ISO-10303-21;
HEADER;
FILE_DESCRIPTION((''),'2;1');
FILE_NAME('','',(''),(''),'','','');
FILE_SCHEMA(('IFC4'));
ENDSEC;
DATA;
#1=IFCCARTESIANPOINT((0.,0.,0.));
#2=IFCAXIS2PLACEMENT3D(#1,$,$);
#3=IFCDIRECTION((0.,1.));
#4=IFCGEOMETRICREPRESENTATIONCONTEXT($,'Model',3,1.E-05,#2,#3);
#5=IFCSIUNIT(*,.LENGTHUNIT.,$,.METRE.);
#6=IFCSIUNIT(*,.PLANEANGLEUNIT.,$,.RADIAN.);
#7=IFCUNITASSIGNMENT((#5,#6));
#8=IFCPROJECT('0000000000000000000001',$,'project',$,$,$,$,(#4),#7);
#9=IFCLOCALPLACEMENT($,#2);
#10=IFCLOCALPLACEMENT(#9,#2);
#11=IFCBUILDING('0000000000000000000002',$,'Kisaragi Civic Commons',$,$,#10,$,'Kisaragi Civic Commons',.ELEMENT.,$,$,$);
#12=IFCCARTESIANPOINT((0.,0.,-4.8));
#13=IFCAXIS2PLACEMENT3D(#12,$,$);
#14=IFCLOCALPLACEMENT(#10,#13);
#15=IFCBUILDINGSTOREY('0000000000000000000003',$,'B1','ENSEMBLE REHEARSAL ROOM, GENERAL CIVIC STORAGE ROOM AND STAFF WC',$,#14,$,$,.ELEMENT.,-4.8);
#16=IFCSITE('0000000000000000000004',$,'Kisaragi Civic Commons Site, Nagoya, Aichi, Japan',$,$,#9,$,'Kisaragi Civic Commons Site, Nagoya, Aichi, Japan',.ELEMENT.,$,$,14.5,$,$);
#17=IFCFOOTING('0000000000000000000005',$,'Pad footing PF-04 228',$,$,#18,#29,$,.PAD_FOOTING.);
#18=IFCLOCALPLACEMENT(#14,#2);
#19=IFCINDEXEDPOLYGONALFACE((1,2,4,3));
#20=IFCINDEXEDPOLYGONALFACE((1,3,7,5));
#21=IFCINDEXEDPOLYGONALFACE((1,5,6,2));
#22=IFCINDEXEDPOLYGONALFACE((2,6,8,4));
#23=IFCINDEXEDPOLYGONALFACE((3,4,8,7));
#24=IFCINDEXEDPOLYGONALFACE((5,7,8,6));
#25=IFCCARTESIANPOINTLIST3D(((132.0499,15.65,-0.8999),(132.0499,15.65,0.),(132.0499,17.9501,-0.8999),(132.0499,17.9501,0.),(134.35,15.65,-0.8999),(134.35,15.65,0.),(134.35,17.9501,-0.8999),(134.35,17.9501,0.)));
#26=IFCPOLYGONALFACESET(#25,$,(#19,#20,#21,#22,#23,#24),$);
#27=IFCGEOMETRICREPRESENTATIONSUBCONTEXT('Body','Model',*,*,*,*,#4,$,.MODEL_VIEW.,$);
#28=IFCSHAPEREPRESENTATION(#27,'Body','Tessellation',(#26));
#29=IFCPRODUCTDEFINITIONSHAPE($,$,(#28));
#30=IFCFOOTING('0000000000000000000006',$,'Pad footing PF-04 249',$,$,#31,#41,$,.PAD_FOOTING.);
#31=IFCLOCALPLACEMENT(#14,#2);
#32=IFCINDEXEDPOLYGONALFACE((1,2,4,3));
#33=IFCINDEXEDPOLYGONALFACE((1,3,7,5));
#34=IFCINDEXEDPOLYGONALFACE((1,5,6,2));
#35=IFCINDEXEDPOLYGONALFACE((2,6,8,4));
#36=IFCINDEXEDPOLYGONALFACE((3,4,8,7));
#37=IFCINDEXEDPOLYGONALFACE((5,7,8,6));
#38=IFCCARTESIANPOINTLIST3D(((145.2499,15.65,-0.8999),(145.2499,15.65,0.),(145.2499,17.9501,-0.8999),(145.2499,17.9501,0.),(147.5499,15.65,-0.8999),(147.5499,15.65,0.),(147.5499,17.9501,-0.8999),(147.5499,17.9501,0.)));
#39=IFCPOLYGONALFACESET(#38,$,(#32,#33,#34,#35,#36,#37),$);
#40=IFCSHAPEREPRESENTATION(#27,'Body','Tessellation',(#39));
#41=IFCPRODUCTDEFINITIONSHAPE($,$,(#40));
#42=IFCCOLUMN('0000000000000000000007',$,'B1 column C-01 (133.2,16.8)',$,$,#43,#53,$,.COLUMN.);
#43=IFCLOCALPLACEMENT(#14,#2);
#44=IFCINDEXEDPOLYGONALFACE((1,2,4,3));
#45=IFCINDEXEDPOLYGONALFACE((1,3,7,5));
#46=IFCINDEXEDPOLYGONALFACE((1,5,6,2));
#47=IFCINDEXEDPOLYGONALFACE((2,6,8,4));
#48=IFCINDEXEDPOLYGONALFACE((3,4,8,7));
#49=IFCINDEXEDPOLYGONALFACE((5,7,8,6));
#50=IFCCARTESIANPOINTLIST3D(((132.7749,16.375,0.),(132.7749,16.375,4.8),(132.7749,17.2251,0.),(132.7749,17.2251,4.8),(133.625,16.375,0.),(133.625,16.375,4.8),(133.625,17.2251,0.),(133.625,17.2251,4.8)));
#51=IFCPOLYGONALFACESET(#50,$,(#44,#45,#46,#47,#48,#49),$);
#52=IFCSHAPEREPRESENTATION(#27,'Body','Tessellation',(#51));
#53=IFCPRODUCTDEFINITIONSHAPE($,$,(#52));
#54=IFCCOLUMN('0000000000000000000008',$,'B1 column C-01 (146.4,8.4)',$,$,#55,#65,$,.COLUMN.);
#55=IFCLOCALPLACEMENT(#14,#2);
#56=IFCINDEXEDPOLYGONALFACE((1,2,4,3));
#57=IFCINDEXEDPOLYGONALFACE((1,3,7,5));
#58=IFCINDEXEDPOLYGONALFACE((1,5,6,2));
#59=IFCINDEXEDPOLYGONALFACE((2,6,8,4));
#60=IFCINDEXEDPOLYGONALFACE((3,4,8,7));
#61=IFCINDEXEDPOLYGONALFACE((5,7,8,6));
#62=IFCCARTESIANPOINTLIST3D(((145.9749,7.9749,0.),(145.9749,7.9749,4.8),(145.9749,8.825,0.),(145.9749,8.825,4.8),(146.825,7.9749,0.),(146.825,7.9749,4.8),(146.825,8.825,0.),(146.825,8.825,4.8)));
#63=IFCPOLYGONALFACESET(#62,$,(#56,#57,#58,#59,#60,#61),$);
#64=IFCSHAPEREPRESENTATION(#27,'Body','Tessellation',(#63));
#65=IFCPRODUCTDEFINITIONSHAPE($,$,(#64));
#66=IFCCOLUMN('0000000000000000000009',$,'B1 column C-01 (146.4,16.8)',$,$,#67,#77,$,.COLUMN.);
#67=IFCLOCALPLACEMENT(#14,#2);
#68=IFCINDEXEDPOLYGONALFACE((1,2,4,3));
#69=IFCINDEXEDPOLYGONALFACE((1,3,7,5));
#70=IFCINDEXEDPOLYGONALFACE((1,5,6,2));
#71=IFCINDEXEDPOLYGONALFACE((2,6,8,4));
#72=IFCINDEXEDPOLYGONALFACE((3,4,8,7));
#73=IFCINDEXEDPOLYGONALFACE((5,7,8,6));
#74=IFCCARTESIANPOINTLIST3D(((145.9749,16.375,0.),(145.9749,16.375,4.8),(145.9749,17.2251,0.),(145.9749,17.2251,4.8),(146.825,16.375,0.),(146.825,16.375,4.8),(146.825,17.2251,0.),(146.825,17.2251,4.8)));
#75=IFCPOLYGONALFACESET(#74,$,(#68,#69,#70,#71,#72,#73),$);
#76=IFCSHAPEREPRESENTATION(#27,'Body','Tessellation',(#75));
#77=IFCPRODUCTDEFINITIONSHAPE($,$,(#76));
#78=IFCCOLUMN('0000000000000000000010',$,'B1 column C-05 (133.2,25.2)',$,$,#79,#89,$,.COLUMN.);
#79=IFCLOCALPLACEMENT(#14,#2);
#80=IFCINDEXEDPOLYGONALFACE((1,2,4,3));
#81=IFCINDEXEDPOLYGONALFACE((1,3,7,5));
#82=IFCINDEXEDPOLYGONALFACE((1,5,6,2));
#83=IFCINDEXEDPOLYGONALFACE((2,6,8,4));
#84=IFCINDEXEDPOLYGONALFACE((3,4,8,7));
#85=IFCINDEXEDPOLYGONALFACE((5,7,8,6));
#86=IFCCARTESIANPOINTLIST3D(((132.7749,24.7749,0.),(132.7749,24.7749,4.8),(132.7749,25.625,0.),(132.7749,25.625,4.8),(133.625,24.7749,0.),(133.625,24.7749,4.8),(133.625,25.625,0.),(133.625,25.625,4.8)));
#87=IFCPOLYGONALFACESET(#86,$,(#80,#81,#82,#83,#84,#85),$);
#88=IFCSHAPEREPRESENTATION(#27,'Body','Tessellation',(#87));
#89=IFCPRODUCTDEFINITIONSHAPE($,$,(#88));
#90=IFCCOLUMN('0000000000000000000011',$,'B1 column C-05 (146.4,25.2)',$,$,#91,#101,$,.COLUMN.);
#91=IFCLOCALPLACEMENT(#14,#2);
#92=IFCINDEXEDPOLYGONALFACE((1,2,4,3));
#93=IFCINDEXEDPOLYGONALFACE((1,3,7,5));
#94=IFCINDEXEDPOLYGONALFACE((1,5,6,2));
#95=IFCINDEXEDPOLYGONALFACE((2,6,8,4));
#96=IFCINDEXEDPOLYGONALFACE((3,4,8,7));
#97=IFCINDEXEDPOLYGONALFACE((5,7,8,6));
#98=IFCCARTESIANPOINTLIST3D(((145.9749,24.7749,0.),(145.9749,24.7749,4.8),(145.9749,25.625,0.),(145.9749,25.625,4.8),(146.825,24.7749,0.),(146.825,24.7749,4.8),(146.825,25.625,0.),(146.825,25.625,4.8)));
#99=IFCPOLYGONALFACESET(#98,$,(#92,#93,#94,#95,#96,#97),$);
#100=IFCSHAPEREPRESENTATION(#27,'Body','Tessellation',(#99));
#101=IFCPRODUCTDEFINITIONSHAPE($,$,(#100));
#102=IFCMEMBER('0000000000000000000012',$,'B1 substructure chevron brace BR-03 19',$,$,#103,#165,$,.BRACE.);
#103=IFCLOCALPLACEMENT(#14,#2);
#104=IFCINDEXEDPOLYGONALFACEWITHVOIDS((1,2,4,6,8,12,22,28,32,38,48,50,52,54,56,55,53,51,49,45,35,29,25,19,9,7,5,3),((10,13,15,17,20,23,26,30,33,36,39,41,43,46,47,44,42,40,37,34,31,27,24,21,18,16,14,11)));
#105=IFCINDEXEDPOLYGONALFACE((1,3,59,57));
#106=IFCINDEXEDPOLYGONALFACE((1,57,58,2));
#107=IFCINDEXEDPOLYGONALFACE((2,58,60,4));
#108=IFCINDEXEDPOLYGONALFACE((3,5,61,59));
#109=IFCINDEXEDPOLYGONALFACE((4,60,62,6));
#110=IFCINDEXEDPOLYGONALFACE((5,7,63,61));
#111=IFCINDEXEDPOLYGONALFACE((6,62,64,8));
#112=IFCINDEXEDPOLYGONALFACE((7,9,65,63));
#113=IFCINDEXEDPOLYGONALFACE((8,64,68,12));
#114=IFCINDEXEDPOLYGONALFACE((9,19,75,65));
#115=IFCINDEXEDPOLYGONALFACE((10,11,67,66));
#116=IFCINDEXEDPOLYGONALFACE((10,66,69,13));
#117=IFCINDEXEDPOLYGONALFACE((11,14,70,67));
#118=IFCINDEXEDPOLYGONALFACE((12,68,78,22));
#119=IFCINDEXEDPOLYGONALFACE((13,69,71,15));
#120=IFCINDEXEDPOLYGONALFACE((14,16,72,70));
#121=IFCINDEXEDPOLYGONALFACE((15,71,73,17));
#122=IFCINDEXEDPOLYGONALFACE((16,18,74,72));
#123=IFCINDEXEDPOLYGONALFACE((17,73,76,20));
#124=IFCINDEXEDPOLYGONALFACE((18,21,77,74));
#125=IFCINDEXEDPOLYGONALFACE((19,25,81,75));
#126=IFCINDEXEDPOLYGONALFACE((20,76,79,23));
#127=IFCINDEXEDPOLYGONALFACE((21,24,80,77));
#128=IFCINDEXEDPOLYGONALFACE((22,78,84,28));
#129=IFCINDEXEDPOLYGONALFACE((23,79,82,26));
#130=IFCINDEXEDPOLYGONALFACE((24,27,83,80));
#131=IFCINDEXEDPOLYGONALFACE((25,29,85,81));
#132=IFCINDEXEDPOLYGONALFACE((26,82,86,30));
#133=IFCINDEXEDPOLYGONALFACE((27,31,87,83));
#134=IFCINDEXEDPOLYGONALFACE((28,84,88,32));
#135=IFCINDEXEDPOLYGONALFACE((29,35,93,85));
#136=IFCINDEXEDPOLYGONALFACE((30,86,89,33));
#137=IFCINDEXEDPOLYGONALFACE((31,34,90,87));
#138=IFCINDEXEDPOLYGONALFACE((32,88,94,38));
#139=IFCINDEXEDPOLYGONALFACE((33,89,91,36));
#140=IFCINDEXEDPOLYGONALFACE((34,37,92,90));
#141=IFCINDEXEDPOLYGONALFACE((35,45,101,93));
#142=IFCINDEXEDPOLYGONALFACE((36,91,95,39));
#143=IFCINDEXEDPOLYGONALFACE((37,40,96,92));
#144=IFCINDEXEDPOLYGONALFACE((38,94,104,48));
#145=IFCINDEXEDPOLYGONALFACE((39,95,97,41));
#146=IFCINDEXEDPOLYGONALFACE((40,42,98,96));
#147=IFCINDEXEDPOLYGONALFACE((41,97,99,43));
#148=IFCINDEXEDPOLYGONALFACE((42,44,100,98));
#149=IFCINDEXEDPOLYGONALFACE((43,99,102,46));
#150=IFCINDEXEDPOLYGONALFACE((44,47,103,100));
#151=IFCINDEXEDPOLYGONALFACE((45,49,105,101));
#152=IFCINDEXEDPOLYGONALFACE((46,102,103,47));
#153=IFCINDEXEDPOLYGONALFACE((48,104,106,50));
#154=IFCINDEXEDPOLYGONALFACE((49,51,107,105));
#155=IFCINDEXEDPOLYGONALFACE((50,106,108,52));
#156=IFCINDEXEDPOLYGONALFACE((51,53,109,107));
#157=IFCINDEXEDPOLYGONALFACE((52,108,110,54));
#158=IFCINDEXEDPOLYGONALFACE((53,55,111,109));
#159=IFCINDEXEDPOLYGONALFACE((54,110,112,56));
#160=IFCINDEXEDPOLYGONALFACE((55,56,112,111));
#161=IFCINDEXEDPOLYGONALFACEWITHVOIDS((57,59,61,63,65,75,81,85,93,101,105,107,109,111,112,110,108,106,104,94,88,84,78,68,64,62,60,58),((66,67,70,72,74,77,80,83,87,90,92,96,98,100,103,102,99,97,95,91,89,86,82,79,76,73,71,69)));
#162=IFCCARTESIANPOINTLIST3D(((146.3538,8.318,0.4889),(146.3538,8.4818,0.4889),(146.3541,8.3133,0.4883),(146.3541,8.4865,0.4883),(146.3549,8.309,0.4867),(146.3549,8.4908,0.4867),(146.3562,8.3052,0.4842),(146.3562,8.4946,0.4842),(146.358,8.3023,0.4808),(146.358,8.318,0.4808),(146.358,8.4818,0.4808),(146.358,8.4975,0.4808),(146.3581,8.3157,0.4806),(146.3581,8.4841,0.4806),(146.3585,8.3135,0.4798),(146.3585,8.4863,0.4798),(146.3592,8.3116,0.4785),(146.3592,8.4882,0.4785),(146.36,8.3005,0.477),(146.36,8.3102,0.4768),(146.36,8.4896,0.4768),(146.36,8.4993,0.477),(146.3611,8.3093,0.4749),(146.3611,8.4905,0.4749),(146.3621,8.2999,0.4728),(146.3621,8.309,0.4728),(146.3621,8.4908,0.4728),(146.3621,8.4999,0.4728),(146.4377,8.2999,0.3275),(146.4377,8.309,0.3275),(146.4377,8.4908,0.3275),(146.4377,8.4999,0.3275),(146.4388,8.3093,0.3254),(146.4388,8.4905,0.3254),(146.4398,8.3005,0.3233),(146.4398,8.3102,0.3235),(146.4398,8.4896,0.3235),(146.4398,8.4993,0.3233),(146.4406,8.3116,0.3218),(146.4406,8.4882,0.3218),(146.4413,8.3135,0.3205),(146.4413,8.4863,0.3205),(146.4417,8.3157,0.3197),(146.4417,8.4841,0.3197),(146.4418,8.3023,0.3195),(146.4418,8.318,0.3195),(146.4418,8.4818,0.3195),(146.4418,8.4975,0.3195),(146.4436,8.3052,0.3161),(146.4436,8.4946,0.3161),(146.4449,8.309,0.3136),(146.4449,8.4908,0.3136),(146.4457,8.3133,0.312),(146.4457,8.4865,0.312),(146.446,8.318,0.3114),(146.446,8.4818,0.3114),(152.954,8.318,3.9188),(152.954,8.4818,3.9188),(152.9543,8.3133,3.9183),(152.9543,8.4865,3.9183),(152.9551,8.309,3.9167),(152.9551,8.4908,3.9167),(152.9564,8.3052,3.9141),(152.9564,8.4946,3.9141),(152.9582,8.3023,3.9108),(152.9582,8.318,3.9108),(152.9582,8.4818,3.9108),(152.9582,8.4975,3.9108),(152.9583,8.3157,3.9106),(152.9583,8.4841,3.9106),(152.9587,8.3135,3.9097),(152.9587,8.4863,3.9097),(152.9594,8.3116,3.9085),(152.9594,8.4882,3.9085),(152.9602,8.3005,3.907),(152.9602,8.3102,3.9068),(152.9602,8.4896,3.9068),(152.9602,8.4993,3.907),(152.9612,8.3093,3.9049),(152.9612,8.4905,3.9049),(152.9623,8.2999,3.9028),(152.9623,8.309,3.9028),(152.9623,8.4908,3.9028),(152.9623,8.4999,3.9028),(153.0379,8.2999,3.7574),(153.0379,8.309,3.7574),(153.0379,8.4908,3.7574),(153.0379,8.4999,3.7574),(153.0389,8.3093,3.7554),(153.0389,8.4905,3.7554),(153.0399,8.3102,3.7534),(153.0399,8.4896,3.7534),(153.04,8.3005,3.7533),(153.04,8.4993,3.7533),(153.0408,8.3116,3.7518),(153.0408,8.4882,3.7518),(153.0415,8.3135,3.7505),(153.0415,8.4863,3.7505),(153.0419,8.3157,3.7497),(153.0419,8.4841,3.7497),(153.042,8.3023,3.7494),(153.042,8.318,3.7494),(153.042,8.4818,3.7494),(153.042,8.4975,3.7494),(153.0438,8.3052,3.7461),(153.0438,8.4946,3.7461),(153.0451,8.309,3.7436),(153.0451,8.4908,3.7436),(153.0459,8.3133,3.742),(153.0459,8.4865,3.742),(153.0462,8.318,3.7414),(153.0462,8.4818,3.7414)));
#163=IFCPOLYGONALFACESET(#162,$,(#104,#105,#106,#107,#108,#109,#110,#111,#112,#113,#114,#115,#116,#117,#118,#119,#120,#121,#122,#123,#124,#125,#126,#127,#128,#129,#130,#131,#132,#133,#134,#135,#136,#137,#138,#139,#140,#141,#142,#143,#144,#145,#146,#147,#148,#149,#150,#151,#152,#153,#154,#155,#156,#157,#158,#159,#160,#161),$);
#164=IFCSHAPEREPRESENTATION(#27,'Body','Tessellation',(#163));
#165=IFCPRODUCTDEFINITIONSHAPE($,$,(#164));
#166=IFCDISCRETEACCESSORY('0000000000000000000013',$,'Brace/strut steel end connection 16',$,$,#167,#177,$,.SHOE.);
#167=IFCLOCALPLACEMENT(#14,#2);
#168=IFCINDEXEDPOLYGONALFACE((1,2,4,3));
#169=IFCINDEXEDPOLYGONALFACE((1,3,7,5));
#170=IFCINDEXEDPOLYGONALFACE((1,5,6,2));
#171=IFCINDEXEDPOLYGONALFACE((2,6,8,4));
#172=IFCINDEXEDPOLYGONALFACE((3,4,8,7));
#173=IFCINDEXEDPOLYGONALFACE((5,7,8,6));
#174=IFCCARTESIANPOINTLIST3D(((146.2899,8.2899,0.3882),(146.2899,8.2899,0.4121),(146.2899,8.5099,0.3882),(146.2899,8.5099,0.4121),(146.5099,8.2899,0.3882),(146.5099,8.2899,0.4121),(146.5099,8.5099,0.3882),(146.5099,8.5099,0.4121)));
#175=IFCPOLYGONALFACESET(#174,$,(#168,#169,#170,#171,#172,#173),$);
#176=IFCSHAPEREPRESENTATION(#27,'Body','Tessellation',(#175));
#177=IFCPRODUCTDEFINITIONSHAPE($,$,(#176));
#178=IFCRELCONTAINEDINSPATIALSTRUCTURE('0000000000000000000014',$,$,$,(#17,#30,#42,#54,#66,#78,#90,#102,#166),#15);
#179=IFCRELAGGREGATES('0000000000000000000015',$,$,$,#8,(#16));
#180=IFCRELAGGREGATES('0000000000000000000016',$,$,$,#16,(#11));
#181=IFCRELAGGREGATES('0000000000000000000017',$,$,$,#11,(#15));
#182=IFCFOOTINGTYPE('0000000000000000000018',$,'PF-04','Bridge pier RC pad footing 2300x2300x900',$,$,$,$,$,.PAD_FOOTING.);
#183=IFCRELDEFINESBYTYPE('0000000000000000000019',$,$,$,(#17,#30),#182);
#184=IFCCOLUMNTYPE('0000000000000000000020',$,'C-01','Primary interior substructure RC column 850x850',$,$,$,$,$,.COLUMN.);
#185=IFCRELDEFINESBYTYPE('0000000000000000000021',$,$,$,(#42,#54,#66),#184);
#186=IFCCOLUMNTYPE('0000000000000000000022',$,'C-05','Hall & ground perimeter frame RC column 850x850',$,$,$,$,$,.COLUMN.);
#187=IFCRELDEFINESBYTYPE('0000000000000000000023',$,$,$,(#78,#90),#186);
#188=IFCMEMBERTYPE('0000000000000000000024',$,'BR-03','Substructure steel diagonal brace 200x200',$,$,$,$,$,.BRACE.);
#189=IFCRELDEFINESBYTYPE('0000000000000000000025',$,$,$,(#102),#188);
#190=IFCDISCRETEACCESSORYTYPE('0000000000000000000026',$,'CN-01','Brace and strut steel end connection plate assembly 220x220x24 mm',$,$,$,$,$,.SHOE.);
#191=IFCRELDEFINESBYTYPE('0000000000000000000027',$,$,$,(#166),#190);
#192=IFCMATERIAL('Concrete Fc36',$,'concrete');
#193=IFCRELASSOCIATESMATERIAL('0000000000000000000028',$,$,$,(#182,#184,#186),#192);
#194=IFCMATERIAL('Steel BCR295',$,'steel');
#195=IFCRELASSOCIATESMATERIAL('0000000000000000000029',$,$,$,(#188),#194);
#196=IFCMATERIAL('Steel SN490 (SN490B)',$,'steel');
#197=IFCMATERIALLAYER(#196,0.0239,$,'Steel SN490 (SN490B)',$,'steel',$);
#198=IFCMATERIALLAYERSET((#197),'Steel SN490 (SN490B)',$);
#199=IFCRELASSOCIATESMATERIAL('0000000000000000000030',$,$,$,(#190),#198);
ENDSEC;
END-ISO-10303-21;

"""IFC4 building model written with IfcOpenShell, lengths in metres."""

from ifc_helpers import new_model, si_unit, direction, frame, origin, origin_2d, place, context, subcontext, project, spatial, rectangle, hollow_rectangle, extrude, material, layer, layer_set, material_profile, profile_set, type_object, element, save


model = new_model("IFC4")

# Units and contexts
model_context = context("Model", 3, precision=1e-05, world=origin(), true_north=direction((0.0, 1.0)))
body_context = subcontext(model_context, "Body", "Model", "MODEL_VIEW")
ifc_project = project(units=[si_unit("LENGTHUNIT", "METRE"), si_unit("PLANEANGLEUNIT", "RADIAN")], contexts=[model_context])

# Site, building, storey
site_placement = place(None, origin())
site = spatial("IfcSite", under=ifc_project, at=site_placement, Name="Kisaragi Civic Commons Site, Nagoya, Aichi, Japan", LongName="Kisaragi Civic Commons Site, Nagoya, Aichi, Japan", CompositionType="ELEMENT", RefElevation=14.5)
building_placement = place(site_placement, origin())
building = spatial("IfcBuilding", under=site, at=building_placement, Name="Kisaragi Civic Commons", LongName="Kisaragi Civic Commons", CompositionType="ELEMENT")
storey_placement = place(building_placement, frame((0.0, 0.0, -4.8)))
storey = spatial("IfcBuildingStorey", under=building, at=storey_placement, Name="B1", Description="ENSEMBLE REHEARSAL ROOM, GENERAL CIVIC STORAGE ROOM AND STAFF WC", CompositionType="ELEMENT", Elevation=-4.8)

# Footings
ifc_material_1 = material(Name="Concrete Fc36", Category="concrete")
footing_type_1 = type_object("IfcFootingType", Name="PF-04", Description="Bridge pier RC pad footing 2300x2300x900", PredefinedType="PAD_FOOTING", material=ifc_material_1)
for number, where, z_axis, x_axis, name in (
    (1, (133.2, 16.8, -0.8999), (0.0, 0.0, 1.0), (1.0, 0.0, 0.0), "Pad footing PF-04 228"),
    (2, (146.3999, 16.8, -0.8999), (0.0, 0.0, 1.0), (1.0, 0.0, 0.0), "Pad footing PF-04 249"),
):
    element("IfcFooting", number, at=place(storey_placement, frame(where, z_axis=z_axis, x_axis=x_axis)), inside=storey, type_object=footing_type_1, Name=name, PredefinedType="PAD_FOOTING", context=body_context, shape_type="SweptSolid", body=[
        extrude(rectangle(XDim=2.3, YDim=2.3, at=origin_2d()), origin(), (0.0, 0.0, 1.0), 0.8999),
    ])

# Columns
ifc_material_profile_1 = material_profile(ifc_material_1, rectangle(XDim=0.8501, YDim=0.8501, at=origin_2d()), Name="RC-850x850", Category="concrete")
ifc_profile_set_1 = profile_set([ifc_material_profile_1], Name="Concrete Fc36")
column_type_1 = type_object("IfcColumnType", Name="C-01", Description="Primary interior substructure RC column 850x850", PredefinedType="COLUMN", material=ifc_profile_set_1)
for number, where, z_axis, x_axis, name in (
    (3, (133.2, 16.8, 0.0), (0.0, 0.0, 1.0), (1.0, 0.0, 0.0), "B1 column C-01 (133.2,16.8)"),
    (4, (146.3999, 8.3999, 0.0), (0.0, 0.0, 1.0), (1.0, 0.0, 0.0), "B1 column C-01 (146.4,8.4)"),
    (5, (146.3999, 16.8, 0.0), (0.0, 0.0, 1.0), (1.0, 0.0, 0.0), "B1 column C-01 (146.4,16.8)"),
):
    element("IfcColumn", number, at=place(storey_placement, frame(where, z_axis=z_axis, x_axis=x_axis)), inside=storey, type_object=column_type_1, Name=name, PredefinedType="COLUMN", context=body_context, shape_type="SweptSolid", body=[
        extrude(rectangle(XDim=0.8501, YDim=0.8501, at=origin_2d()), origin(), (0.0, 0.0, 1.0), 4.8),
    ])
ifc_material_profile_2 = material_profile(ifc_material_1, rectangle(XDim=0.8501, YDim=0.8501, at=origin_2d()), Name="RC-850x850", Category="concrete")
ifc_profile_set_2 = profile_set([ifc_material_profile_2], Name="Concrete Fc36")
column_type_2 = type_object("IfcColumnType", Name="C-05", Description="Hall & ground perimeter frame RC column 850x850", PredefinedType="COLUMN", material=ifc_profile_set_2)
for number, where, z_axis, x_axis, name in (
    (6, (133.2, 25.2, 0.0), (0.0, 0.0, 1.0), (1.0, 0.0, 0.0), "B1 column C-05 (133.2,25.2)"),
    (7, (146.3999, 25.2, 0.0), (0.0, 0.0, 1.0), (1.0, 0.0, 0.0), "B1 column C-05 (146.4,25.2)"),
):
    element("IfcColumn", number, at=place(storey_placement, frame(where, z_axis=z_axis, x_axis=x_axis)), inside=storey, type_object=column_type_2, Name=name, PredefinedType="COLUMN", context=body_context, shape_type="SweptSolid", body=[
        extrude(rectangle(XDim=0.8501, YDim=0.8501, at=origin_2d()), origin(), (0.0, 0.0, 1.0), 4.8),
    ])

# Member
ifc_material_2 = material(Name="Steel BCR295", Category="steel")
ifc_material_profile_3 = material_profile(ifc_material_2, hollow_rectangle(XDim=0.2, YDim=0.2, WallThickness=0.009, InnerFilletRadius=0.009, OuterFilletRadius=0.0181, at=origin_2d()), Name="BCR-200x200x9", Category="steel")
ifc_profile_set_3 = profile_set([ifc_material_profile_3], Name="Steel BCR295")
member_type = type_object("IfcMemberType", Name="BR-03", Description="Substructure steel diagonal brace 200x200", PredefinedType="BRACE", material=ifc_profile_set_3)
member_placement = place(storey_placement, frame((146.3999, 8.3999, 0.4001), z_axis=(0.887333, 0.0, 0.461128), x_axis=(0.0, 1.0, 0.0)))
element("IfcMember", 8, at=member_placement, inside=storey, type_object=member_type, Name="B1 substructure chevron brace BR-03 19", PredefinedType="BRACE", context=body_context, shape_type="SweptSolid", body=[
    extrude(hollow_rectangle(XDim=0.2, YDim=0.2, WallThickness=0.009, InnerFilletRadius=0.009, OuterFilletRadius=0.0181, at=origin_2d()), origin(), (0.0, 0.0, 1.0), 7.4382),
])

# Discrete accessory
ifc_material_3 = material(Name="Steel SN490 (SN490B)", Category="steel")
ifc_layer = layer(ifc_material_3, 0.0239, Name="Steel SN490 (SN490B)", Category="steel")
ifc_layer_set = layer_set([ifc_layer], Name="Steel SN490 (SN490B)")
discrete_accessory_type = type_object("IfcDiscreteAccessoryType", Name="CN-01", Description="Brace and strut steel end connection plate assembly 220x220x24 mm", PredefinedType="SHOE", material=ifc_layer_set)
discrete_accessory_placement = place(storey_placement, frame((146.3999, 8.3999, 0.3882), z_axis=(0.0, 0.0, 1.0), x_axis=(1.0, 0.0, 0.0)))
element("IfcDiscreteAccessory", 9, at=discrete_accessory_placement, inside=storey, type_object=discrete_accessory_type, Name="Brace/strut steel end connection 16", PredefinedType="SHOE", context=body_context, shape_type="SweptSolid", body=[
    extrude(rectangle(XDim=0.22, YDim=0.22, at=origin_2d()), origin(), (0.0, 0.0, 1.0), 0.0239),
])

save(model, "model.ifc")
